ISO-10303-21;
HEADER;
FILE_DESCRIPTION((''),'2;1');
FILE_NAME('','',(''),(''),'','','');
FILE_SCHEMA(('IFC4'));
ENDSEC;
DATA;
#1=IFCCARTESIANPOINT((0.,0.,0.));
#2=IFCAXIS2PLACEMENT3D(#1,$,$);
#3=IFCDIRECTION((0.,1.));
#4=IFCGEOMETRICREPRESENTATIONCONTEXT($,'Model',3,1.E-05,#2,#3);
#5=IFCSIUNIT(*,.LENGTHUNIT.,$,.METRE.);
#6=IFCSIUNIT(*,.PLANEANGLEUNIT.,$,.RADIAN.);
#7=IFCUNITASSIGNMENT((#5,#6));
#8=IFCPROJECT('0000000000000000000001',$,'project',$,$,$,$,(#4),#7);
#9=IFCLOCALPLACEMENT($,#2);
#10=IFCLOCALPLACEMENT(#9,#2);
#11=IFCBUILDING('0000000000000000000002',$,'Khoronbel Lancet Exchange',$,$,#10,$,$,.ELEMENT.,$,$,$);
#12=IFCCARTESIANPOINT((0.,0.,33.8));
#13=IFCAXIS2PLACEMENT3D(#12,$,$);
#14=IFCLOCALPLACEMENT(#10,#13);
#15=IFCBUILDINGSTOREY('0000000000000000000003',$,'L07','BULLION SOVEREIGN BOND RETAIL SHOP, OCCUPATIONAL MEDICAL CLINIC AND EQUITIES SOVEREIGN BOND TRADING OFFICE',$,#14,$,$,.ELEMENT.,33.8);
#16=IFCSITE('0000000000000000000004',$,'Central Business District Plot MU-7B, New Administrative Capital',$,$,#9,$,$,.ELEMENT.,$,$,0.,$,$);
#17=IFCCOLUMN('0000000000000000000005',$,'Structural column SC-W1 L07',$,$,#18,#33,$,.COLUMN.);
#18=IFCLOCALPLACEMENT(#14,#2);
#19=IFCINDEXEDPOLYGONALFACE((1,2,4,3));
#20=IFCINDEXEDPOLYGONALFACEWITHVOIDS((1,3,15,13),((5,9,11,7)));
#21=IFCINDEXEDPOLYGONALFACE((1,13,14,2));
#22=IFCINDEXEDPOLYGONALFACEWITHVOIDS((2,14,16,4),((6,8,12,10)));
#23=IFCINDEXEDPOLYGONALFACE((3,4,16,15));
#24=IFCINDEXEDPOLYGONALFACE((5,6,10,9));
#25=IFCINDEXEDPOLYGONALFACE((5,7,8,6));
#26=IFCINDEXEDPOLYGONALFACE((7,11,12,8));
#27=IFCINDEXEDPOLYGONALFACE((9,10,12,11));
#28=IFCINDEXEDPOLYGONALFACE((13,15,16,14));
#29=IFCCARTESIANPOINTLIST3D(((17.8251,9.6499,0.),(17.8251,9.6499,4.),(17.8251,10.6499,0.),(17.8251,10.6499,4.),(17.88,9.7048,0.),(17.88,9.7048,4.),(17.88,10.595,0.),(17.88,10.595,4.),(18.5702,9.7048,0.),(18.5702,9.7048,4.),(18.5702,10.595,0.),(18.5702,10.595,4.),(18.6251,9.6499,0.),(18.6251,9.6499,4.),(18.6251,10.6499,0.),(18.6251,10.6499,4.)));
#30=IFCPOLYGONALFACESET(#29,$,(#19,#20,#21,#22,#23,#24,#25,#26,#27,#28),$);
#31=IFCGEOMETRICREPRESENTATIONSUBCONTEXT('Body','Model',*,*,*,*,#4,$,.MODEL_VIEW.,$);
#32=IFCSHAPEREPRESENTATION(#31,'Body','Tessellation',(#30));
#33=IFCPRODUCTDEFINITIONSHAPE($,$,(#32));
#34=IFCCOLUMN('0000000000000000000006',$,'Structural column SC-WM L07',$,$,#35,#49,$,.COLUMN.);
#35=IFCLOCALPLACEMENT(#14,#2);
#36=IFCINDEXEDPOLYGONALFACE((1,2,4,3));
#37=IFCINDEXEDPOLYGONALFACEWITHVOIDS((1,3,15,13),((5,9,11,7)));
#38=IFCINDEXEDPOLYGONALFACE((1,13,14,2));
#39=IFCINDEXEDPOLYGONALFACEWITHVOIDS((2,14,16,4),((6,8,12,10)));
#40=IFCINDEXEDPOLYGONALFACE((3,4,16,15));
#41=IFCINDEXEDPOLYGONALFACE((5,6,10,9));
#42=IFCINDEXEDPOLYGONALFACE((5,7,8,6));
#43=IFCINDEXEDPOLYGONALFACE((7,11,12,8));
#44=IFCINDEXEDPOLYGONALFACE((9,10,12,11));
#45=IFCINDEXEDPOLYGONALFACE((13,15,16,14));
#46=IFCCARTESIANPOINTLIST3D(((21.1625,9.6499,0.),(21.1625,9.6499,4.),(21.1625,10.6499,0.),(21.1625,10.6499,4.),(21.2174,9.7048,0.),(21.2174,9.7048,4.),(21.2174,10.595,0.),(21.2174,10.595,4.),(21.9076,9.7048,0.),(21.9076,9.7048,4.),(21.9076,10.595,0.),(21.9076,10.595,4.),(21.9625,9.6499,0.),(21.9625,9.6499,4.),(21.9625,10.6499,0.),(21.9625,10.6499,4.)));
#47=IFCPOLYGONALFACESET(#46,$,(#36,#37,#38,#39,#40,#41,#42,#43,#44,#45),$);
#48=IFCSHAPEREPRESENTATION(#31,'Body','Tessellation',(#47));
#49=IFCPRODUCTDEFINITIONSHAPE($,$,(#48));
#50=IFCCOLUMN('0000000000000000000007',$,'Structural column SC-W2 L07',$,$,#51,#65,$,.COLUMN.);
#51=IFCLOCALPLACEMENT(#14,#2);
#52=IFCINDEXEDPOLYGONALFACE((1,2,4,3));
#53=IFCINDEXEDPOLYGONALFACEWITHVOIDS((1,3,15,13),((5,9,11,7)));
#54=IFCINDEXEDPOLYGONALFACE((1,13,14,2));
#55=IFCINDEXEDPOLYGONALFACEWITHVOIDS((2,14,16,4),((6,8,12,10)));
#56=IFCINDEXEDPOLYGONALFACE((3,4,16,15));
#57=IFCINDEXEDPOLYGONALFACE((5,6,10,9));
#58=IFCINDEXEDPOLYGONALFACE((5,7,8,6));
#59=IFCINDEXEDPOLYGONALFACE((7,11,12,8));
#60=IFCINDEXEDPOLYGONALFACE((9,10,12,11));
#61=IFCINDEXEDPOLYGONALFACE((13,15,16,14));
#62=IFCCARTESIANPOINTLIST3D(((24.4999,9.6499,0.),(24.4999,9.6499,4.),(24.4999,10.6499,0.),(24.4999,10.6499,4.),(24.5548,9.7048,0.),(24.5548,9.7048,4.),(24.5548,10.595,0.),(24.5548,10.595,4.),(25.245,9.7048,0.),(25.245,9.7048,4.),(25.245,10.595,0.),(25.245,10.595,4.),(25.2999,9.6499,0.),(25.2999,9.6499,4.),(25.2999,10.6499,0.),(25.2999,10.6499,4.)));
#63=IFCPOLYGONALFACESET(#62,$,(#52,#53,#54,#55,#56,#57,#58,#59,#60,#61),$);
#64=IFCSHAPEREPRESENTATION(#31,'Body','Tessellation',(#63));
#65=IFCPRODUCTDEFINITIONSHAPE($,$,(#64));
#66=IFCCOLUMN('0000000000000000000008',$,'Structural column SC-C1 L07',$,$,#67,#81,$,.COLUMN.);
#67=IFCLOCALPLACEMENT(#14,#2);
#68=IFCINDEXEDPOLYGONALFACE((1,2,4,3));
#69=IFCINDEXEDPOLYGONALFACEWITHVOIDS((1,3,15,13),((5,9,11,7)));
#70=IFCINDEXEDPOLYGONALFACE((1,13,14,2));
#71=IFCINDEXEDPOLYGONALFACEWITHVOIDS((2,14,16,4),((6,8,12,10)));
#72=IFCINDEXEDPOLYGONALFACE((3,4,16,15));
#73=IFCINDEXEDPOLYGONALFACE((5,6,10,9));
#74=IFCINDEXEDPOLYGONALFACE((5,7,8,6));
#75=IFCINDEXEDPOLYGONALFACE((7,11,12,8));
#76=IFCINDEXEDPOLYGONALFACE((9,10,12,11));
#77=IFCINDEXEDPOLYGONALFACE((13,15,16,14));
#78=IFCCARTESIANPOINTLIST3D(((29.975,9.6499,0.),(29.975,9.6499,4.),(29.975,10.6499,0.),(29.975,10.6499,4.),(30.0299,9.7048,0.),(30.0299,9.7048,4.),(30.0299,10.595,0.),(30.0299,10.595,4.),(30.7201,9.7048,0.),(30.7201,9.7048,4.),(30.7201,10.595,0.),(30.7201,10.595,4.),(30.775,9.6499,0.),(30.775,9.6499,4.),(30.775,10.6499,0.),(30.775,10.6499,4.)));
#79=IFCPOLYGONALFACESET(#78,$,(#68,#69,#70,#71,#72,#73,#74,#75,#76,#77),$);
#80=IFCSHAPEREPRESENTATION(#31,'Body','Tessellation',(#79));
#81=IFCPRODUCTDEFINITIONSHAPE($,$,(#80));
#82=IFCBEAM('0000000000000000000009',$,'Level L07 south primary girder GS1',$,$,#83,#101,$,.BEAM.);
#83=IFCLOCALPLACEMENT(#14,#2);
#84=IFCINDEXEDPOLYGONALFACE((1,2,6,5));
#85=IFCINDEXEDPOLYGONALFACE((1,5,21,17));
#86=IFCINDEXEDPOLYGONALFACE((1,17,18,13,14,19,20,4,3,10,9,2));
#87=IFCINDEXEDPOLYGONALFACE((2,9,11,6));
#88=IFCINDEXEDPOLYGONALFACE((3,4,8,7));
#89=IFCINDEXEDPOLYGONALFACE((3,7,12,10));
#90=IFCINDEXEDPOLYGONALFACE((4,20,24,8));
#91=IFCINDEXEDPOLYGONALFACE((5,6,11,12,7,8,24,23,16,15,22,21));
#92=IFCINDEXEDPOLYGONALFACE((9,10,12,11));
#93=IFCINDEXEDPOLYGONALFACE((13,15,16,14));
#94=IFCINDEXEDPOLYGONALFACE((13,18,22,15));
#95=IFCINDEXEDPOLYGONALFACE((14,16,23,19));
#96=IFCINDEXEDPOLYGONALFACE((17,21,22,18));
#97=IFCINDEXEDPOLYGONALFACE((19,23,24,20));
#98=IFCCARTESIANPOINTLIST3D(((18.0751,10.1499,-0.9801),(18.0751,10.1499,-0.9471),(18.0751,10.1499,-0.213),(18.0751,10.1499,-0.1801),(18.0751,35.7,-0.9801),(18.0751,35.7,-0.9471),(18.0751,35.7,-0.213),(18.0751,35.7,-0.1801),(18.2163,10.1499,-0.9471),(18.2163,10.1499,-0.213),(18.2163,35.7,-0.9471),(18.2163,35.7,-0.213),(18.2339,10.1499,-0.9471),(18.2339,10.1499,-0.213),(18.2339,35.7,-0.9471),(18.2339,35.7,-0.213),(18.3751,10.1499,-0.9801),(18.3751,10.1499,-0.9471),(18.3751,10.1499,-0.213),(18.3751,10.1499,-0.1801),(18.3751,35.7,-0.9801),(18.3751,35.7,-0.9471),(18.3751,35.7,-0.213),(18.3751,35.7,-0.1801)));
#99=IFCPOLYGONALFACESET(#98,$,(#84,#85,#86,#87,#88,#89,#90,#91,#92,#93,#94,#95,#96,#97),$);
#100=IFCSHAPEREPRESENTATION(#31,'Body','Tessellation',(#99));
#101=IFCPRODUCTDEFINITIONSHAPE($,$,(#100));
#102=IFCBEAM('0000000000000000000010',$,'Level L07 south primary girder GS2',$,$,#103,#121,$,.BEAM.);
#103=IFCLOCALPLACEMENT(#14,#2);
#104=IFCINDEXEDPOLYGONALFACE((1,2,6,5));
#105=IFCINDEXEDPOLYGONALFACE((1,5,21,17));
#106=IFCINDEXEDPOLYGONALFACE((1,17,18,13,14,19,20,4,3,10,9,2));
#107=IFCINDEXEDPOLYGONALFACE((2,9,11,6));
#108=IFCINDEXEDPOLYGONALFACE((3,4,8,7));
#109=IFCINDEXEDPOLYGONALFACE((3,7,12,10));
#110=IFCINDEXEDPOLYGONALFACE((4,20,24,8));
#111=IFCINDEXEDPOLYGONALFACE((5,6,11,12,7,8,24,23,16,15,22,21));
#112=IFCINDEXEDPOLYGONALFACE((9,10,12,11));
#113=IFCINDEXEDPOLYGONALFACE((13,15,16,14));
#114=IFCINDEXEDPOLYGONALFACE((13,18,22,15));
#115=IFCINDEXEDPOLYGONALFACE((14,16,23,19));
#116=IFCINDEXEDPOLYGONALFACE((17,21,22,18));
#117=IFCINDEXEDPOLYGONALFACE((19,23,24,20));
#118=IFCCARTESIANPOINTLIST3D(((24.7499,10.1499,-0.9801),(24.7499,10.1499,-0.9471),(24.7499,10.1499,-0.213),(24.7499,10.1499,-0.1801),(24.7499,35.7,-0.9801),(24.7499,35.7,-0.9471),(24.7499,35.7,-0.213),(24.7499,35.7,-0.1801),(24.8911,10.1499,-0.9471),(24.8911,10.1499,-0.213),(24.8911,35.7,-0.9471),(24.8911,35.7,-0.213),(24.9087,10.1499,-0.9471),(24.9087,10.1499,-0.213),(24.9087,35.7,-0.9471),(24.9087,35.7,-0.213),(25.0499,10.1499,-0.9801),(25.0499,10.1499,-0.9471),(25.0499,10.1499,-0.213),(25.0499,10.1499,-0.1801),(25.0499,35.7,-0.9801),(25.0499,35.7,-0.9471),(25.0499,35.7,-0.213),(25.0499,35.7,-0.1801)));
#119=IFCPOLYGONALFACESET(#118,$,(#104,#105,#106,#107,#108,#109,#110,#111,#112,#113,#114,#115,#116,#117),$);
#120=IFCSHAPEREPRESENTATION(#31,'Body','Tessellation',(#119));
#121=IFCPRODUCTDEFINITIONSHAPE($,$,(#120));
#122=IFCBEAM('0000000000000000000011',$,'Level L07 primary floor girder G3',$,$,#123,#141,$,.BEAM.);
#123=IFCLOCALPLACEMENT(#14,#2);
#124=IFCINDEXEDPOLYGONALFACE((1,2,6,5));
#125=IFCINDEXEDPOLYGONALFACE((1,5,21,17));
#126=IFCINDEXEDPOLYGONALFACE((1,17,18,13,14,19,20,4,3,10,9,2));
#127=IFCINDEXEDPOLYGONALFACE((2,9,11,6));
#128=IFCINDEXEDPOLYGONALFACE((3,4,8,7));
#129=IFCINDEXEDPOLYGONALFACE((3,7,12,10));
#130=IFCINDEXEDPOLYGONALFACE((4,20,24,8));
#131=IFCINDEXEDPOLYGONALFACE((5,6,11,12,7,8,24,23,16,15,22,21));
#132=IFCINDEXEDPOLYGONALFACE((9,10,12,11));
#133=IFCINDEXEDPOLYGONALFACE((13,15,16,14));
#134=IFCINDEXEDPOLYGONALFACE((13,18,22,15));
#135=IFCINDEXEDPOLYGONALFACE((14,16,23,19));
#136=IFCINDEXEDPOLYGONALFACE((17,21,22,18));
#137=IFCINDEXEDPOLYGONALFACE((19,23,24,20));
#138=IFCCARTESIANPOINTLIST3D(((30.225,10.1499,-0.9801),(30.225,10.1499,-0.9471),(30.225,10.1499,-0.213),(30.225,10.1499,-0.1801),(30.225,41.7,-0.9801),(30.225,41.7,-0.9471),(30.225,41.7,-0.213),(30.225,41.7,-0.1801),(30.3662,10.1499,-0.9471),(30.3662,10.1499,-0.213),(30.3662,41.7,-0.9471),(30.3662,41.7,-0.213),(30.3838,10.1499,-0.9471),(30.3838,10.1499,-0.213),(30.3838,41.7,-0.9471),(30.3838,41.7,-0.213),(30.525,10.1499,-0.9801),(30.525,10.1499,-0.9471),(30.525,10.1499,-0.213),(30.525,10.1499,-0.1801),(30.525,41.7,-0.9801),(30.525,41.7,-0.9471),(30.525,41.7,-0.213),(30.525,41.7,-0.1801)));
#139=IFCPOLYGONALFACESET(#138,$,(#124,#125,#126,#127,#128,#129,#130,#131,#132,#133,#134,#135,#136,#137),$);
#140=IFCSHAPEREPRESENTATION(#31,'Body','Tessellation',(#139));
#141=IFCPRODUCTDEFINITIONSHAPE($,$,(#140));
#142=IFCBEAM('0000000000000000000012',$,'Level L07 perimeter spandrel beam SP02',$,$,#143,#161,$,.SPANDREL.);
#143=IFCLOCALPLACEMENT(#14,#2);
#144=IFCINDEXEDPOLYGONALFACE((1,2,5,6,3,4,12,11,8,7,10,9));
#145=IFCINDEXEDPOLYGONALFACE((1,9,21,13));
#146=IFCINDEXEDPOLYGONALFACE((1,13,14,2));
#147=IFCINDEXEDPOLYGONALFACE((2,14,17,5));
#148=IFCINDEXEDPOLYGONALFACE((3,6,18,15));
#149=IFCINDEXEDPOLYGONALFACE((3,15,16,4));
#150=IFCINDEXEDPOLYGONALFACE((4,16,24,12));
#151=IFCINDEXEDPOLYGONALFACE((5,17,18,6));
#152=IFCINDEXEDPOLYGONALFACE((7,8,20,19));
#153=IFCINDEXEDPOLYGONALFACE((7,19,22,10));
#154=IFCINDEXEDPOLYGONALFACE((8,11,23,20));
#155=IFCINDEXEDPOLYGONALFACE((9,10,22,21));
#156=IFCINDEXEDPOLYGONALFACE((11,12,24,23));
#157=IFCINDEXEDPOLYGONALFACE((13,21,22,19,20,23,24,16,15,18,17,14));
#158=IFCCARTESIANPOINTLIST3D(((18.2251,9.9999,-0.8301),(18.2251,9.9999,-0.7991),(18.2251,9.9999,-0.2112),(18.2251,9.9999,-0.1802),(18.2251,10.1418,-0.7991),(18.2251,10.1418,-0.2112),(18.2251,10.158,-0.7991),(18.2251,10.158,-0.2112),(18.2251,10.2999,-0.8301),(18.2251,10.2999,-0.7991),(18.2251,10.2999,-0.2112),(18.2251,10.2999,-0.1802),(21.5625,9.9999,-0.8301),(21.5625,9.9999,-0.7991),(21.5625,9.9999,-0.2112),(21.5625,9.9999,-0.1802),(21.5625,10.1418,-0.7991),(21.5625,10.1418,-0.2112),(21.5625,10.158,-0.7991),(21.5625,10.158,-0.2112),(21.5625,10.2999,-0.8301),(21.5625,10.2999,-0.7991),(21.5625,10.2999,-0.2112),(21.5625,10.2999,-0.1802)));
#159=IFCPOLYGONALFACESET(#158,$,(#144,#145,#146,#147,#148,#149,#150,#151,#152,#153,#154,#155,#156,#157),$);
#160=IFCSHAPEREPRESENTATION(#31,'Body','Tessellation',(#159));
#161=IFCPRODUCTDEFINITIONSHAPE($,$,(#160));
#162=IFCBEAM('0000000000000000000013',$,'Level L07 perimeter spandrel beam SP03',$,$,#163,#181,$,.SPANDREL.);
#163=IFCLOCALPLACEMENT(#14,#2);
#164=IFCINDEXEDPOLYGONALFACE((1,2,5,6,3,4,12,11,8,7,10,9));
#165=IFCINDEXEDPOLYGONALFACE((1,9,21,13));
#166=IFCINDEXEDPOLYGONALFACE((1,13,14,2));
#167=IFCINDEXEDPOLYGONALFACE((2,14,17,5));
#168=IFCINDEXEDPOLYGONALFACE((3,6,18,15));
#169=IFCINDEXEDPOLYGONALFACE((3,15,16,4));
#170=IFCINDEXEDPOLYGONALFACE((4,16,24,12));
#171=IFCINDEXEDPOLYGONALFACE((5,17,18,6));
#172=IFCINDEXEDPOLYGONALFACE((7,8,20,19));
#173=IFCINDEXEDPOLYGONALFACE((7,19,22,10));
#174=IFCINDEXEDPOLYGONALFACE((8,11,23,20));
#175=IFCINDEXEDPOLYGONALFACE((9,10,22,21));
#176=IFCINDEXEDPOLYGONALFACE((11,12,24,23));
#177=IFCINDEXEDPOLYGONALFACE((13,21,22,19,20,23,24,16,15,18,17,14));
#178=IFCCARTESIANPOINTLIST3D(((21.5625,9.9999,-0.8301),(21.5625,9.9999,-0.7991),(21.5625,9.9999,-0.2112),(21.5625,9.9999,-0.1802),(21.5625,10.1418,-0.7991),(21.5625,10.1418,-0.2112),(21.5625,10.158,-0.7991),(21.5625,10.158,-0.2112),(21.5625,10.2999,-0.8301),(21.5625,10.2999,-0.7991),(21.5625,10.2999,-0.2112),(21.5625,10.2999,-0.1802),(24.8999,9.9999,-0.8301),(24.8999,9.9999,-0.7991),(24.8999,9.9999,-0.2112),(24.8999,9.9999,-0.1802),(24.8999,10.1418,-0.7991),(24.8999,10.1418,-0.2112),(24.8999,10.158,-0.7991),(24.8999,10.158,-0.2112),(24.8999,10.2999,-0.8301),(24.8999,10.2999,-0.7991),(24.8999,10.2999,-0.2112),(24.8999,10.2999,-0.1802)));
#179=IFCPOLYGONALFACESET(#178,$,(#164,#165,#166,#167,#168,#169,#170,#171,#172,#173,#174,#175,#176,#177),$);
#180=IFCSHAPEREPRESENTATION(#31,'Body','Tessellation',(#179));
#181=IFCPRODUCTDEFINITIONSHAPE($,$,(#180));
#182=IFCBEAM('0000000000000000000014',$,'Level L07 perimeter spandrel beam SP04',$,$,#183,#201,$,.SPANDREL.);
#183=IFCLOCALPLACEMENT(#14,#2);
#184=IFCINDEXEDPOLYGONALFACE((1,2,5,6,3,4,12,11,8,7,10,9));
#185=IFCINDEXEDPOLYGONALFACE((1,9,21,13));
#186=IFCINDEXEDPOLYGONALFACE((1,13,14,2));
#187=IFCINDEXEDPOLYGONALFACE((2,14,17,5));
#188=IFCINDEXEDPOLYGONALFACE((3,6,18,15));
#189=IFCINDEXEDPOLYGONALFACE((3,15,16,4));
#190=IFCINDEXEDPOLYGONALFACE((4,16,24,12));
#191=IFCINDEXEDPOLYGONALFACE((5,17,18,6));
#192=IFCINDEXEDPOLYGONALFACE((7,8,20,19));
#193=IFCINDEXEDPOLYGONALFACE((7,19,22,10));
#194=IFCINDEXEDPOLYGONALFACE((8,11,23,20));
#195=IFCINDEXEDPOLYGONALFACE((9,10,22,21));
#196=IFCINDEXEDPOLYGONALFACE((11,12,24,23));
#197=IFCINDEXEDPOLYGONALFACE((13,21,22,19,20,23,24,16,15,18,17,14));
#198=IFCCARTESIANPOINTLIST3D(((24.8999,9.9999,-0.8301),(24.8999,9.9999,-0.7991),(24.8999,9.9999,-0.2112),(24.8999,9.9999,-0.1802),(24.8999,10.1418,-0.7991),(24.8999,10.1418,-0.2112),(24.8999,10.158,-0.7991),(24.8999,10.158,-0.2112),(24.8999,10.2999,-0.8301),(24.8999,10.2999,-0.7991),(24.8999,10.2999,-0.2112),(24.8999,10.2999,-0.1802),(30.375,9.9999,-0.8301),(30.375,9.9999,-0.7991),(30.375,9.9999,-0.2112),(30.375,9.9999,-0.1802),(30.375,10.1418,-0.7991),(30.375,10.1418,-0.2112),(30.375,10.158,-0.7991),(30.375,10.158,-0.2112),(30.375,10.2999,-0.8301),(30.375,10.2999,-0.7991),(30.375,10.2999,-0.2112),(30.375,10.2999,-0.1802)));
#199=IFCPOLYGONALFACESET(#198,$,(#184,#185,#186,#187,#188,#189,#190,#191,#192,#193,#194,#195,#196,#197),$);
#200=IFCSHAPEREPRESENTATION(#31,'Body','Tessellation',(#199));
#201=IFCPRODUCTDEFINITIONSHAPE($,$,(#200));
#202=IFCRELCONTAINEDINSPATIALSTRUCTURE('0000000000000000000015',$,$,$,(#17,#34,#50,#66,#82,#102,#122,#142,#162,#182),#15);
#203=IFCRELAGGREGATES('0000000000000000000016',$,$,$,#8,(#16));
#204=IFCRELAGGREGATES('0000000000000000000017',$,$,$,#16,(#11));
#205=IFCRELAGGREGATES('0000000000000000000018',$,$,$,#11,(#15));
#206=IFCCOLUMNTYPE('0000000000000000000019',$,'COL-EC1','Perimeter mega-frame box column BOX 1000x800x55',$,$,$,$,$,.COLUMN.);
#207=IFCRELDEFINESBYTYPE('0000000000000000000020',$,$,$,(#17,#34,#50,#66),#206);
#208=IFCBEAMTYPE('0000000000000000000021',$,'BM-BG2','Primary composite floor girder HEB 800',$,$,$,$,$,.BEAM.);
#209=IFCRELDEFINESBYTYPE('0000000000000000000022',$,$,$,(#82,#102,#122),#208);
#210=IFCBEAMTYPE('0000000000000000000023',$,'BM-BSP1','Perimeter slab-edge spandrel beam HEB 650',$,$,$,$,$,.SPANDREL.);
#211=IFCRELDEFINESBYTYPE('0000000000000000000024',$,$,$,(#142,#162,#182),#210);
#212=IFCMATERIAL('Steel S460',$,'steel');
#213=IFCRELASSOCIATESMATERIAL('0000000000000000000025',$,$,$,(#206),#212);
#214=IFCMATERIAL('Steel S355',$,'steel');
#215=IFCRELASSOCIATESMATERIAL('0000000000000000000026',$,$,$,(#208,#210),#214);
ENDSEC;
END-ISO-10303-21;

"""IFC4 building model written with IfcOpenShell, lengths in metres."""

from ifc_helpers import new_model, si_unit, direction, frame, origin, origin_2d, place, context, subcontext, project, spatial, hollow_rectangle, i_section, extrude, material, material_profile, profile_set, type_object, element, save


model = new_model("IFC4")

# Units and contexts
model_context = context("Model", 3, precision=1e-05, world=origin(), true_north=direction((0.0, 1.0)))
body_context = subcontext(model_context, "Body", "Model", "MODEL_VIEW")
ifc_project = project(units=[si_unit("LENGTHUNIT", "METRE"), si_unit("PLANEANGLEUNIT", "RADIAN")], contexts=[model_context])

# Site, building, storey
site_placement = place(None, origin())
site = spatial("IfcSite", under=ifc_project, at=site_placement, Name="Central Business District Plot MU-7B, New Administrative Capital", CompositionType="ELEMENT", RefElevation=0.0)
building_placement = place(site_placement, origin())
building = spatial("IfcBuilding", under=site, at=building_placement, Name="Khoronbel Lancet Exchange", CompositionType="ELEMENT")
storey_placement = place(building_placement, frame((0.0, 0.0, 33.8)))
storey = spatial("IfcBuildingStorey", under=building, at=storey_placement, Name="L07", Description="BULLION SOVEREIGN BOND RETAIL SHOP, OCCUPATIONAL MEDICAL CLINIC AND EQUITIES SOVEREIGN BOND TRADING OFFICE", CompositionType="ELEMENT", Elevation=33.8)

# Columns
ifc_material_1 = material(Name="Steel S460", Category="steel")
ifc_material_profile_1 = material_profile(ifc_material_1, hollow_rectangle(XDim=0.8, YDim=1.0, WallThickness=0.0549, at=origin_2d()), Name="BOX 1000x800x55")
ifc_profile_set_1 = profile_set([ifc_material_profile_1], Name="Steel S460")
column_type = type_object("IfcColumnType", Name="COL-EC1", Description="Perimeter mega-frame box column BOX 1000x800x55", PredefinedType="COLUMN", material=ifc_profile_set_1)
for number, where, z_axis, x_axis, name in (
    (1, (18.2251, 10.1499, 0.0), (0.0, 0.0, 1.0), (1.0, 0.0, 0.0), "Structural column SC-W1 L07"),
    (2, (21.5625, 10.1499, 0.0), (0.0, 0.0, 1.0), (1.0, 0.0, 0.0), "Structural column SC-WM L07"),
    (3, (24.8999, 10.1499, 0.0), (0.0, 0.0, 1.0), (1.0, 0.0, 0.0), "Structural column SC-W2 L07"),
    (4, (30.375, 10.1499, 0.0), (0.0, 0.0, 1.0), (1.0, 0.0, 0.0), "Structural column SC-C1 L07"),
):
    element("IfcColumn", number, at=place(storey_placement, frame(where, z_axis=z_axis, x_axis=x_axis)), inside=storey, type_object=column_type, Name=name, PredefinedType="COLUMN", context=body_context, shape_type="SweptSolid", body=[
        extrude(hollow_rectangle(XDim=0.8, YDim=1.0, WallThickness=0.0549, at=origin_2d()), origin(), (0.0, 0.0, 1.0), 4.0),
    ])

# Beams
ifc_material_2 = material(Name="Steel S355", Category="steel")
ifc_material_profile_2 = material_profile(ifc_material_2, i_section(OverallWidth=0.3, OverallDepth=0.8, WebThickness=0.0176, FlangeThickness=0.033, at=origin_2d()), Name="HEB 800")
ifc_profile_set_2 = profile_set([ifc_material_profile_2], Name="Steel S355")
beam_type_1 = type_object("IfcBeamType", Name="BM-BG2", Description="Primary composite floor girder HEB 800", PredefinedType="BEAM", material=ifc_profile_set_2)
for number, where, z_axis, x_axis, name in (
    (5, (18.2251, 10.1499, -0.5801), (0.0, 1.0, 0.0), (-1.0, 0.0, 0.0), "Level L07 south primary girder GS1"),
    (6, (24.8999, 10.1499, -0.5801), (0.0, 1.0, 0.0), (-1.0, 0.0, 0.0), "Level L07 south primary girder GS2"),
):
    element("IfcBeam", number, at=place(storey_placement, frame(where, z_axis=z_axis, x_axis=x_axis)), inside=storey, type_object=beam_type_1, Name=name, PredefinedType="BEAM", context=body_context, shape_type="SweptSolid", body=[
        extrude(i_section(OverallWidth=0.3, OverallDepth=0.8, WebThickness=0.0176, FlangeThickness=0.033, at=origin_2d()), origin(), (0.0, 0.0, 1.0), 25.55),
    ])
beam_1_placement = place(storey_placement, frame((30.375, 10.1499, -0.5801), z_axis=(0.0, 1.0, 0.0), x_axis=(-1.0, 0.0, 0.0)))
element("IfcBeam", 7, at=beam_1_placement, inside=storey, type_object=beam_type_1, Name="Level L07 primary floor girder G3", PredefinedType="BEAM", context=body_context, shape_type="SweptSolid", body=[
    extrude(i_section(OverallWidth=0.3, OverallDepth=0.8, WebThickness=0.0176, FlangeThickness=0.033, at=origin_2d()), origin(), (0.0, 0.0, 1.0), 31.55),
])
ifc_material_profile_3 = material_profile(ifc_material_2, i_section(OverallWidth=0.3, OverallDepth=0.6499, WebThickness=0.0161, FlangeThickness=0.031, at=origin_2d()), Name="HEB 650")
ifc_profile_set_3 = profile_set([ifc_material_profile_3], Name="Steel S355")
beam_type_2 = type_object("IfcBeamType", Name="BM-BSP1", Description="Perimeter slab-edge spandrel beam HEB 650", PredefinedType="SPANDREL", material=ifc_profile_set_3)
for number, where, z_axis, x_axis, name in (
    (8, (18.2251, 10.1499, -0.5051), (1.0, 0.0, 0.0), (0.0, 1.0, 0.0), "Level L07 perimeter spandrel beam SP02"),
    (9, (21.5625, 10.1499, -0.5051), (1.0, 0.0, 0.0), (0.0, 1.0, 0.0), "Level L07 perimeter spandrel beam SP03"),
):
    element("IfcBeam", number, at=place(storey_placement, frame(where, z_axis=z_axis, x_axis=x_axis)), inside=storey, type_object=beam_type_2, Name=name, PredefinedType="SPANDREL", context=body_context, shape_type="SweptSolid", body=[
        extrude(i_section(OverallWidth=0.3, OverallDepth=0.6499, WebThickness=0.0161, FlangeThickness=0.031, at=origin_2d()), origin(), (0.0, 0.0, 1.0), 3.3374),
    ])
beam_2_placement = place(storey_placement, frame((24.8999, 10.1499, -0.5051), z_axis=(1.0, 0.0, 0.0), x_axis=(0.0, 1.0, 0.0)))
element("IfcBeam", 10, at=beam_2_placement, inside=storey, type_object=beam_type_2, Name="Level L07 perimeter spandrel beam SP04", PredefinedType="SPANDREL", context=body_context, shape_type="SweptSolid", body=[
    extrude(i_section(OverallWidth=0.3, OverallDepth=0.6499, WebThickness=0.0161, FlangeThickness=0.031, at=origin_2d()), origin(), (0.0, 0.0, 1.0), 5.4751),
])

save(model, "model.ifc")
